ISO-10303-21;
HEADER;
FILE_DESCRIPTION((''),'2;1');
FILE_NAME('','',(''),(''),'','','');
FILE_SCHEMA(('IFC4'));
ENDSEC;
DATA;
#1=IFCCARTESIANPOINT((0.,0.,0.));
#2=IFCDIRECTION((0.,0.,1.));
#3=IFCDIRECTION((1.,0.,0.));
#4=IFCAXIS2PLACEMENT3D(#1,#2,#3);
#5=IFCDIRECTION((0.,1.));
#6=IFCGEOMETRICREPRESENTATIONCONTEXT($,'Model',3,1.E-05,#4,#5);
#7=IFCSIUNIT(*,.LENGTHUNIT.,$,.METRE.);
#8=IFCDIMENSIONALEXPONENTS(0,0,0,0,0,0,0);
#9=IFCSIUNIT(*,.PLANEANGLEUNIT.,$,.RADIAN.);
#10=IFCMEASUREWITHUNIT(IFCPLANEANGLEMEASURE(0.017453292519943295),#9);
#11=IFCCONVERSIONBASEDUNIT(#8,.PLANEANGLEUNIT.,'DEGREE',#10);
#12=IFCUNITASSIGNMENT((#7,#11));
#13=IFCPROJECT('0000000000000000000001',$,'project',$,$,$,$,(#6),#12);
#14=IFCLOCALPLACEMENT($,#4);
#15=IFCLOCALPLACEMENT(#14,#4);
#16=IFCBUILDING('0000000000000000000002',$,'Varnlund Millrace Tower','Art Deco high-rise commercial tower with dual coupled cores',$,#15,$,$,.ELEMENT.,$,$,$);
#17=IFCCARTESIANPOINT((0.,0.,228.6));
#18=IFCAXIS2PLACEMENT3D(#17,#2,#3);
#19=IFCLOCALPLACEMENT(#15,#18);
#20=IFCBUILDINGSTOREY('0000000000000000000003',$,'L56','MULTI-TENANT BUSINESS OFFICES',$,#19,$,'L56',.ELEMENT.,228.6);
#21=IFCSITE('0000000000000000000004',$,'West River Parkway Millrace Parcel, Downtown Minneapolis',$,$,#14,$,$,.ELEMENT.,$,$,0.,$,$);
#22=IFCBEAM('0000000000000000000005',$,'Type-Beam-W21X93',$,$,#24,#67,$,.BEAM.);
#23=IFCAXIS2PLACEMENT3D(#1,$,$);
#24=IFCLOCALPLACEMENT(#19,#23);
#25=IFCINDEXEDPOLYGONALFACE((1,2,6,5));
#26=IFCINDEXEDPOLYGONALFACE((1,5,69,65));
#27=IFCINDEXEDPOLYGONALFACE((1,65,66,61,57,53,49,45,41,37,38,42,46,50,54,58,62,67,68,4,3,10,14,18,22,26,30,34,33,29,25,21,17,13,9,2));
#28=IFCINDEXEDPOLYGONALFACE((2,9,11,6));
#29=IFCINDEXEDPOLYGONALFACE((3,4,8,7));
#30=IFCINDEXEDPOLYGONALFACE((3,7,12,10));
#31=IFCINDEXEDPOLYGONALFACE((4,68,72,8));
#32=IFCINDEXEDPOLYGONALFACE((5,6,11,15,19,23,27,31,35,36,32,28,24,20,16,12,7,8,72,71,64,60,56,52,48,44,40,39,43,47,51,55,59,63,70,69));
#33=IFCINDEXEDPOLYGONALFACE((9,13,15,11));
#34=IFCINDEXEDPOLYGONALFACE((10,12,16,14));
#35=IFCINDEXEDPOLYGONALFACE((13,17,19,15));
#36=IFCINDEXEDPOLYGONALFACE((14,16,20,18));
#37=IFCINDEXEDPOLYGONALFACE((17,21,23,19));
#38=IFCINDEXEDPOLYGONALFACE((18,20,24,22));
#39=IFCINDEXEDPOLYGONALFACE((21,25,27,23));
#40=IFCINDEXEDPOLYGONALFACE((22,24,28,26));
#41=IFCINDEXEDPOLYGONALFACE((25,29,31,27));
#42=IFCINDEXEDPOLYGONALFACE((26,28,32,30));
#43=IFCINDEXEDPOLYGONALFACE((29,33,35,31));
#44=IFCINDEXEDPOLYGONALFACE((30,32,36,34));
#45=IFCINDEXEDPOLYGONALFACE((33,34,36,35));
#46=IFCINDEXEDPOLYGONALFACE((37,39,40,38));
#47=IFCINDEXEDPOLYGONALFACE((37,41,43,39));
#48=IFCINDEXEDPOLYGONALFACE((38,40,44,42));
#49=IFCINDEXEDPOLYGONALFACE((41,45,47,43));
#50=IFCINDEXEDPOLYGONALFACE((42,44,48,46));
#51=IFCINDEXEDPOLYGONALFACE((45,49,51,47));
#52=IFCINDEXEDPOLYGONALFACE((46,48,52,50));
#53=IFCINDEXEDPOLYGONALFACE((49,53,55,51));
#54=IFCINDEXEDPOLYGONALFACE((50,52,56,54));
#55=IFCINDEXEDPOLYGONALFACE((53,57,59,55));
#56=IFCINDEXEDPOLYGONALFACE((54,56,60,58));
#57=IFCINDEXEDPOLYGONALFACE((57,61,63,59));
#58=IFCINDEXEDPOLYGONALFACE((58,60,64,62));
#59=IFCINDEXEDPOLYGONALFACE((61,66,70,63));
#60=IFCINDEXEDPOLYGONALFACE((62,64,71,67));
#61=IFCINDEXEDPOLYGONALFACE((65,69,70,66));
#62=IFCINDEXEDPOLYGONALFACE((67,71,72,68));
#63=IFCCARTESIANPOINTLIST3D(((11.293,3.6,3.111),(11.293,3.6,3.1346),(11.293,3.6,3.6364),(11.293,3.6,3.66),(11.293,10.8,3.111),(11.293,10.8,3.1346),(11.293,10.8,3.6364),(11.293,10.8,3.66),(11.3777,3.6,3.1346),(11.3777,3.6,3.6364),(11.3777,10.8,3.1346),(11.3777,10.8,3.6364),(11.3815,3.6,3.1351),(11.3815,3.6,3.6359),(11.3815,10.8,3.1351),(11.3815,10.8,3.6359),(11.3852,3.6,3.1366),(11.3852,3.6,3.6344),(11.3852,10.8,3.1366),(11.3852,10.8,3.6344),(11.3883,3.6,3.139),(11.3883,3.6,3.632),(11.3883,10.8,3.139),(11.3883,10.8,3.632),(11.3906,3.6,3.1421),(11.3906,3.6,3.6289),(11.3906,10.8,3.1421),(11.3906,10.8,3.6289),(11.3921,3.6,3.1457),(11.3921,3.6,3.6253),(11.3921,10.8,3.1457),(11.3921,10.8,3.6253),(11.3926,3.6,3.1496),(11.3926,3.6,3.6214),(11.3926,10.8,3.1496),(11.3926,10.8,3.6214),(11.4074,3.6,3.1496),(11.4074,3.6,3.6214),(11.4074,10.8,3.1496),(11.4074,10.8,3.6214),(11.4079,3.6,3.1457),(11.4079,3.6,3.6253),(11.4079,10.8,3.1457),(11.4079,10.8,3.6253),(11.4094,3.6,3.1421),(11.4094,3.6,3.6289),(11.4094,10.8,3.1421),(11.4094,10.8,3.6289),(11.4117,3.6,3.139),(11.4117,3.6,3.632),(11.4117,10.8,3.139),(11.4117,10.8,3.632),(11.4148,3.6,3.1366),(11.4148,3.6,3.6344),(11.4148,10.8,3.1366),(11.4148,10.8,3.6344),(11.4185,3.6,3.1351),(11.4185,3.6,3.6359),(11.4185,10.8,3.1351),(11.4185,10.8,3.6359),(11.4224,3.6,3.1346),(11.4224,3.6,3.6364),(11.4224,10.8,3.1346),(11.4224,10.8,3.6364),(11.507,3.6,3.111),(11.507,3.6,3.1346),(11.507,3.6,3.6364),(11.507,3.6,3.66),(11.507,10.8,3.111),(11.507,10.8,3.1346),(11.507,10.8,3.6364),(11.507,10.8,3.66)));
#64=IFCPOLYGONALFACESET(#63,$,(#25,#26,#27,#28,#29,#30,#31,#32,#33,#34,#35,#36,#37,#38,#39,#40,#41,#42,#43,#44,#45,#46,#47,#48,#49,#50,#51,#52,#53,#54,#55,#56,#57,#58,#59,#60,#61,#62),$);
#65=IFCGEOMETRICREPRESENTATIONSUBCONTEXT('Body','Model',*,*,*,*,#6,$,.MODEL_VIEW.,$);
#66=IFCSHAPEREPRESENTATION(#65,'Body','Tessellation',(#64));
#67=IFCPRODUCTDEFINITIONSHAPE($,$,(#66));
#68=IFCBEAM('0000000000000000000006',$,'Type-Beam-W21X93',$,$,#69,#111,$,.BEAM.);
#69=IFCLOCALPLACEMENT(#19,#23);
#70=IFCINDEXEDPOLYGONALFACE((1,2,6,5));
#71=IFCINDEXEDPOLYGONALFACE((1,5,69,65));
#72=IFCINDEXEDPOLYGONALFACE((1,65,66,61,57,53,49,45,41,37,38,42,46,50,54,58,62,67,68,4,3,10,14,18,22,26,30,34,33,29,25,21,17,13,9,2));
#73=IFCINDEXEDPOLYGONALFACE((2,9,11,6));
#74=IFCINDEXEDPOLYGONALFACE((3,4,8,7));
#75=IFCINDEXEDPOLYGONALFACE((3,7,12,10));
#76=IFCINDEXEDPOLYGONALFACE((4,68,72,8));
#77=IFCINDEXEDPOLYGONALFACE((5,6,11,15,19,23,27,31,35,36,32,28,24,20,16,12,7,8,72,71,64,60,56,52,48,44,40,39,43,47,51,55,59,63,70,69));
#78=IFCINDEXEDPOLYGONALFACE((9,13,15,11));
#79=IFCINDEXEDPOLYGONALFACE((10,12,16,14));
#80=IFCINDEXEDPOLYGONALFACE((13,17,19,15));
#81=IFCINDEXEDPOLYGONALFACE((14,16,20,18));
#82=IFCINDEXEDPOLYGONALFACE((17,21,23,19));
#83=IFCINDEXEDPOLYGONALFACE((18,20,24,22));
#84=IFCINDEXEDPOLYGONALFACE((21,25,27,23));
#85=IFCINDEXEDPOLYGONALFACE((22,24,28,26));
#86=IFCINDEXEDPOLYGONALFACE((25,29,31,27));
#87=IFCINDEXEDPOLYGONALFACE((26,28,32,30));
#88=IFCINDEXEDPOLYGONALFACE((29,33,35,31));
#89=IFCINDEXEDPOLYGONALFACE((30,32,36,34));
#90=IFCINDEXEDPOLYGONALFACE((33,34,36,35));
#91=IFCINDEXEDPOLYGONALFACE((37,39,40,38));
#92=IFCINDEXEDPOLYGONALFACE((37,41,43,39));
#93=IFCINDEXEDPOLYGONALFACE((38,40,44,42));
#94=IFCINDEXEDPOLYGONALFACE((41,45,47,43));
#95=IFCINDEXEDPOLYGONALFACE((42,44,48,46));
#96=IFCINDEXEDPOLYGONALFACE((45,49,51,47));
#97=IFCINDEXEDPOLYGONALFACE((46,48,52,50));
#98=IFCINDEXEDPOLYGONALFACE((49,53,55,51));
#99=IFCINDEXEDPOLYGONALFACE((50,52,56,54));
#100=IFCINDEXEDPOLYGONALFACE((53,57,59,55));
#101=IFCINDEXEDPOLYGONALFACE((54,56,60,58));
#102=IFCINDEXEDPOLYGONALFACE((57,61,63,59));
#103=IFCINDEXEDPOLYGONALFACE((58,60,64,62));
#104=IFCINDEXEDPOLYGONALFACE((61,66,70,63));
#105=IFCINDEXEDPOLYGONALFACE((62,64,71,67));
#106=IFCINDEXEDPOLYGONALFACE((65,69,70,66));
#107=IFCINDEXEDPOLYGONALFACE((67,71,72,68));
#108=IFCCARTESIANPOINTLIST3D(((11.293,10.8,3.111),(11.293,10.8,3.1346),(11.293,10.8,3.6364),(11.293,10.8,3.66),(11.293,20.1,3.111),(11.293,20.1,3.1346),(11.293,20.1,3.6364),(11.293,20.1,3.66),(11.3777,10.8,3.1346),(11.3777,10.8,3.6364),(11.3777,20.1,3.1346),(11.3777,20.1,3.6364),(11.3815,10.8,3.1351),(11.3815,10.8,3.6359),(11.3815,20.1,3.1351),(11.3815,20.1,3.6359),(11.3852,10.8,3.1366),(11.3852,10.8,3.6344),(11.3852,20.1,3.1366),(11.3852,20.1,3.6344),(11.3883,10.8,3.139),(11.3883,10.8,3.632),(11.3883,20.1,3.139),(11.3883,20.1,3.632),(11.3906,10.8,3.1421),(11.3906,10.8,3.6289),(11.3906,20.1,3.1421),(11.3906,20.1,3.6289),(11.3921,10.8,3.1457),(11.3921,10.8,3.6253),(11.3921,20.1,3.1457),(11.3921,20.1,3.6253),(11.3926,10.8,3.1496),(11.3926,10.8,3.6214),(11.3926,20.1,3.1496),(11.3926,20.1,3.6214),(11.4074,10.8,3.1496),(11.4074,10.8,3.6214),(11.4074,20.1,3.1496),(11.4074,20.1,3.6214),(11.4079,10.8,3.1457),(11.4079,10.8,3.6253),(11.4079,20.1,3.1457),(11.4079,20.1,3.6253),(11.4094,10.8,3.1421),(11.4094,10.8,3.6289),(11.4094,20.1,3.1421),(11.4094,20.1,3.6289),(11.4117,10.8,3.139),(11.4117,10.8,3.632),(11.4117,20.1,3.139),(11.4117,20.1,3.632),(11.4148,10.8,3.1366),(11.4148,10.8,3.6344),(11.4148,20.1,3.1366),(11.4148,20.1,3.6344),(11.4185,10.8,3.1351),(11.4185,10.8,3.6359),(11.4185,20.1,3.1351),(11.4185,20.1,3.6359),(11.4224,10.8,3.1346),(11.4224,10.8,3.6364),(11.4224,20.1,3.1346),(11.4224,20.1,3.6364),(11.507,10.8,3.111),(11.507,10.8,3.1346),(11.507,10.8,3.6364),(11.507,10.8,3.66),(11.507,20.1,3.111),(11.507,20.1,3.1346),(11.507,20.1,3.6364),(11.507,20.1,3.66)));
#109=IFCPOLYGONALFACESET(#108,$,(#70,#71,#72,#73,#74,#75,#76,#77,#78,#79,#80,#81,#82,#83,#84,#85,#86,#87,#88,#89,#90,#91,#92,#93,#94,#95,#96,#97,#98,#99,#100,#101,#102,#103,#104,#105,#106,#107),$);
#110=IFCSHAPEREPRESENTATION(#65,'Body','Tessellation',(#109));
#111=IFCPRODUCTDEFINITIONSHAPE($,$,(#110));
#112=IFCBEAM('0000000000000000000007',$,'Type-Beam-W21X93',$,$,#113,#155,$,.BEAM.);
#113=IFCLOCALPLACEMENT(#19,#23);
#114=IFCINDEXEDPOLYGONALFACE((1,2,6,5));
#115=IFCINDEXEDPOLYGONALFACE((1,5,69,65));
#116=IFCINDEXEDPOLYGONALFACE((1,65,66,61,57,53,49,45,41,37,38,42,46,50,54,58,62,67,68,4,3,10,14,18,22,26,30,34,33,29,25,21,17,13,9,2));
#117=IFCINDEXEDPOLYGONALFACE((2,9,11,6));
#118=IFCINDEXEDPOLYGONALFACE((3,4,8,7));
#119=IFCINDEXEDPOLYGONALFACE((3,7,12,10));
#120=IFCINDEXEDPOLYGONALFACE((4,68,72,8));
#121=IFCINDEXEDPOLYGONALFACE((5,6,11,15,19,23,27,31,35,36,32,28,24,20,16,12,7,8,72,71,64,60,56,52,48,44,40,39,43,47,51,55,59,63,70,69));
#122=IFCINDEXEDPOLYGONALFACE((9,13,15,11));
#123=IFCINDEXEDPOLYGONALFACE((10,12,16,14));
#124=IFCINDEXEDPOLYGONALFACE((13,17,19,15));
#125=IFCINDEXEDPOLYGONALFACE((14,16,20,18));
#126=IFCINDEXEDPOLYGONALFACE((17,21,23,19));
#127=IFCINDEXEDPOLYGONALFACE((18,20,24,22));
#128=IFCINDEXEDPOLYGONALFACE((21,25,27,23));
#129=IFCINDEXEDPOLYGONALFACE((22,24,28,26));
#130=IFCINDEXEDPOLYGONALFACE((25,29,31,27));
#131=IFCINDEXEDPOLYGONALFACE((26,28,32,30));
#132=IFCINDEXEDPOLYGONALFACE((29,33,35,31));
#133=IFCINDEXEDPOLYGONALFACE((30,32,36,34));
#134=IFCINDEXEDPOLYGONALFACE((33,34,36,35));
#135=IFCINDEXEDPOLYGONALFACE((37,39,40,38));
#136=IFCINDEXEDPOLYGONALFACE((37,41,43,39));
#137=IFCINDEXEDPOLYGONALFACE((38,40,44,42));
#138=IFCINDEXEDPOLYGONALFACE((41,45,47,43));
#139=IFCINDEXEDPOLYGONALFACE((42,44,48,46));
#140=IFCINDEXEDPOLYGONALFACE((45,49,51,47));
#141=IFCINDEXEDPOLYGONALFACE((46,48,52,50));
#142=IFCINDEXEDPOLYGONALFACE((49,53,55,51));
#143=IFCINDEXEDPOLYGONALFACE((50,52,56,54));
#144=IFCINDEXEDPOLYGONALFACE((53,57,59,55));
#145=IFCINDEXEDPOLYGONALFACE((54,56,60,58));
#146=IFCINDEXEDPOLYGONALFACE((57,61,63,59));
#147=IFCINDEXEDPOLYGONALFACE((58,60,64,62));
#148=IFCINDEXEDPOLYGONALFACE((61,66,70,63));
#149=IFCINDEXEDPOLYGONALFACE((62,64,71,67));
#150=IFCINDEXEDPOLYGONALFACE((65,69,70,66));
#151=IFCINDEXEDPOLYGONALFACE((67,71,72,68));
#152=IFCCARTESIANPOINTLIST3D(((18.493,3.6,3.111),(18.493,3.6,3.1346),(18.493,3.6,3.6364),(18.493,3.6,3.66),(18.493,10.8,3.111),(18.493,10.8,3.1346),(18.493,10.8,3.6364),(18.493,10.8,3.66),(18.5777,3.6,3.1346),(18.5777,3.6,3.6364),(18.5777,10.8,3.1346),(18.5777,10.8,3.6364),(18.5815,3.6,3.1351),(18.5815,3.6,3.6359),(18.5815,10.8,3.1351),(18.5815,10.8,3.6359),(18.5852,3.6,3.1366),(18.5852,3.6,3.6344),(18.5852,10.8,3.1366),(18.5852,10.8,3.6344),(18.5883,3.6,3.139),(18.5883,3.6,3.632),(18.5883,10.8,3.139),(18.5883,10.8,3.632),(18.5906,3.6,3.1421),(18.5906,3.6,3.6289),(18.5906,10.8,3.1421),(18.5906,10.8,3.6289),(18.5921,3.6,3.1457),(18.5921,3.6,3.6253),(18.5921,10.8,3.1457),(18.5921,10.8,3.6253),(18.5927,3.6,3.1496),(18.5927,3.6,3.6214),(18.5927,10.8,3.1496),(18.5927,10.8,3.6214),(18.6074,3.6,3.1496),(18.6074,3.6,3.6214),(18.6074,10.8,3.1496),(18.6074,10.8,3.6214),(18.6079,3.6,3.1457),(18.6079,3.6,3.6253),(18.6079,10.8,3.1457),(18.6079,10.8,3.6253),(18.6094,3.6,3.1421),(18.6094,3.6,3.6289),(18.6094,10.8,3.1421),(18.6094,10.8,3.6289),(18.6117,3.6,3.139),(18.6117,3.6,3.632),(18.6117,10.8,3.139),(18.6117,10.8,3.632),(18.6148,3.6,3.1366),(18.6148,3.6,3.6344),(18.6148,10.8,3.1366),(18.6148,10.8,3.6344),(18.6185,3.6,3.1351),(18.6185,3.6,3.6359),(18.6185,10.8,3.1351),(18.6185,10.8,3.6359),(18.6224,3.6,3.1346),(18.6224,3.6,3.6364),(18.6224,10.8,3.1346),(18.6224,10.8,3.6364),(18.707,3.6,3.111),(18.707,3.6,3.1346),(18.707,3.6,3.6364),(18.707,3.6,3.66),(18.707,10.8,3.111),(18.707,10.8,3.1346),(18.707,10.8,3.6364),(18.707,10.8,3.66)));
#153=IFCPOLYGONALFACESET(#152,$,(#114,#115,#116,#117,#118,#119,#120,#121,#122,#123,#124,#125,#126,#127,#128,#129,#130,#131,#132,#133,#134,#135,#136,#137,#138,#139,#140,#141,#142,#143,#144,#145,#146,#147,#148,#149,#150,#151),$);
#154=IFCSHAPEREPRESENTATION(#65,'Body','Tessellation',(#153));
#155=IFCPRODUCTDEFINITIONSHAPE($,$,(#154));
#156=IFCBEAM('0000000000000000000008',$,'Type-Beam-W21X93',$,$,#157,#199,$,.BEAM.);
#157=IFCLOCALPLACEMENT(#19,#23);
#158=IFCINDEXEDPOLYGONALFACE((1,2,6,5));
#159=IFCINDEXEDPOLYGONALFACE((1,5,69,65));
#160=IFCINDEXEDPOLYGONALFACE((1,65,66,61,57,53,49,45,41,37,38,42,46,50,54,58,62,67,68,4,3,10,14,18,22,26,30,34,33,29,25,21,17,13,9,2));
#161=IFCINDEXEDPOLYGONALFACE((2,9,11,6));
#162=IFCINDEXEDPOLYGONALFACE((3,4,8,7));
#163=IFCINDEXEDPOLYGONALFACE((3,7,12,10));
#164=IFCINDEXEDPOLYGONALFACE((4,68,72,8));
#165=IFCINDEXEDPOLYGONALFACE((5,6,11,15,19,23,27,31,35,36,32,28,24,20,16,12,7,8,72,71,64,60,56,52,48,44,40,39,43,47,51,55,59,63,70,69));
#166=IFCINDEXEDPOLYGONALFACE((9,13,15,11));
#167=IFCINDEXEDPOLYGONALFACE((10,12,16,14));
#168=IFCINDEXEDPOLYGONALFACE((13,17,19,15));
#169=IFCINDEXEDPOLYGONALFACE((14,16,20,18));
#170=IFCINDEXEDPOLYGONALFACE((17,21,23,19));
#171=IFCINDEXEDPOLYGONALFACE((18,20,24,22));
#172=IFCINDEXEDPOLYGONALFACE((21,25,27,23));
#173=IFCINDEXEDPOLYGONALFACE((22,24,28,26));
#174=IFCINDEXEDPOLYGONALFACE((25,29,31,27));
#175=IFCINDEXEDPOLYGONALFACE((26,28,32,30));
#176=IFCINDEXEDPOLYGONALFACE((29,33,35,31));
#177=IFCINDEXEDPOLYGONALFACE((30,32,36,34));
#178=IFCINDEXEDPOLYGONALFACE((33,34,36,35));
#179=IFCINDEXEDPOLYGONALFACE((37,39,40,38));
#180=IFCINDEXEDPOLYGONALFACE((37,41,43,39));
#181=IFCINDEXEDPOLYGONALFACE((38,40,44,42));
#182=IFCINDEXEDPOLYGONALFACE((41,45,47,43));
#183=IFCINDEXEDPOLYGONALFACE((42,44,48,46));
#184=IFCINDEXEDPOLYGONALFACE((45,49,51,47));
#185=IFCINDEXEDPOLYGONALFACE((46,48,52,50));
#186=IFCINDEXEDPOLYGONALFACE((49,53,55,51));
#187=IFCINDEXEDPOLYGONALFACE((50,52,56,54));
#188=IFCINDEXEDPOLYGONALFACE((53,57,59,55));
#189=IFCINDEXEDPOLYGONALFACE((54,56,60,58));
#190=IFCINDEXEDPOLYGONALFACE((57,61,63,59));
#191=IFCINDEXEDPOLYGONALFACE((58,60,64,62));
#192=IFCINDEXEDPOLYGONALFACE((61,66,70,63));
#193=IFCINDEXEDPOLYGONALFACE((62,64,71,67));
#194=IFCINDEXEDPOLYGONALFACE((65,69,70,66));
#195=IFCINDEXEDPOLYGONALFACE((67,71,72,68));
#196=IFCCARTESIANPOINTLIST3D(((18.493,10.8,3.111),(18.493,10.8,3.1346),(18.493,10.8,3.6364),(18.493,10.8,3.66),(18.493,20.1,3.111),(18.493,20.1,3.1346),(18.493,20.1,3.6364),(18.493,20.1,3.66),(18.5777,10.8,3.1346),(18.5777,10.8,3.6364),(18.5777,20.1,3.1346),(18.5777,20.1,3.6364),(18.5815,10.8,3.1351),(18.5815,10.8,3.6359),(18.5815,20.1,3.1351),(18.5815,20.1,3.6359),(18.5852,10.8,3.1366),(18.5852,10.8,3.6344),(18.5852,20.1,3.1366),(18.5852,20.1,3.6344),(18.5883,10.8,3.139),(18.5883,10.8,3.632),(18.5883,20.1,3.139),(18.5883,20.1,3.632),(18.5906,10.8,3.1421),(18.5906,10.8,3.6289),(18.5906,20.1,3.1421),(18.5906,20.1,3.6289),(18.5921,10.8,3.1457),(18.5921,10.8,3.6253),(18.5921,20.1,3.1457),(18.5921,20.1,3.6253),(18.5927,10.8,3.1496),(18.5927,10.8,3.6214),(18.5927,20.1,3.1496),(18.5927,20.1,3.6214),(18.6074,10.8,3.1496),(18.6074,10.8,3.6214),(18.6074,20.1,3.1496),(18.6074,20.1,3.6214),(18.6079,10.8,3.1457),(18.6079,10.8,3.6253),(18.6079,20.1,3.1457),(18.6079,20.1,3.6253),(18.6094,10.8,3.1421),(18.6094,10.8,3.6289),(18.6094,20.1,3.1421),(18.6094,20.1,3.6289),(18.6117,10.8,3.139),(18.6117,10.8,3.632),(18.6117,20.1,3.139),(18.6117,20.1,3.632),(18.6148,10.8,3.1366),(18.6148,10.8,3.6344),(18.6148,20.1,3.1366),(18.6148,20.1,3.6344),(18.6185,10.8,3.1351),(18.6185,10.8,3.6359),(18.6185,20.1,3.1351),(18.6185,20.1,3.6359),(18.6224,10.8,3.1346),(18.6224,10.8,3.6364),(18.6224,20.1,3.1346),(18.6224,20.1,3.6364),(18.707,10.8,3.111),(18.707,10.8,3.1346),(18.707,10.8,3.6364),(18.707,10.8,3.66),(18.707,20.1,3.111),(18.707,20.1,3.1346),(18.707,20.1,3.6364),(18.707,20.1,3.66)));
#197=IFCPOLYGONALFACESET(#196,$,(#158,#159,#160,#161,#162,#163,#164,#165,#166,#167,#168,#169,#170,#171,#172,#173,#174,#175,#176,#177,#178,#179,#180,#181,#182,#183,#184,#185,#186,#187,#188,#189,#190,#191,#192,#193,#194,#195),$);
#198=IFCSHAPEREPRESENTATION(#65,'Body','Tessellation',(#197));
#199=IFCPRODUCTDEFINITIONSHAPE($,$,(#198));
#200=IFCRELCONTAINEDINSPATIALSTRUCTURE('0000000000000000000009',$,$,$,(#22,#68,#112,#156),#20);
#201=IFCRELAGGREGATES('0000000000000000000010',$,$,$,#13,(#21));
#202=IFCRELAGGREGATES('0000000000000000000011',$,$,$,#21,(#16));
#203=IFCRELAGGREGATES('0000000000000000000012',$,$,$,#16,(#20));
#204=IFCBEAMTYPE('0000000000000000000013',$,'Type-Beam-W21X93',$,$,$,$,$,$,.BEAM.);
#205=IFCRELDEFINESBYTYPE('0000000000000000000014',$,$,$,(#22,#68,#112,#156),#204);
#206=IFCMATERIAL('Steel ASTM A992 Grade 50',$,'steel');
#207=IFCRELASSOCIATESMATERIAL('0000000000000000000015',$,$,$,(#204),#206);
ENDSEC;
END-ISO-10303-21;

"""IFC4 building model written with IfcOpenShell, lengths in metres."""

from ifc_helpers import new_model, entity, si_unit, converted_unit, direction, frame, origin_with_axes, origin_2d_with_axis, place, context, subcontext, project, spatial, i_section, extrude, material, material_profile, profile_set, type_object, element, save


model = new_model("IFC4")

# Units and contexts
model_context = context("Model", 3, precision=1e-05, world=origin_with_axes(), true_north=direction((0.0, 1.0)))
body_context = subcontext(model_context, "Body", "Model", "MODEL_VIEW")
ifc_project = project(units=[si_unit("LENGTHUNIT", "METRE"), converted_unit("PLANEANGLEUNIT", "DEGREE", entity("IfcPlaneAngleMeasure", 0.017453292519943295), si_unit("PLANEANGLEUNIT", "RADIAN"), dimensions=[0, 0, 0, 0, 0, 0, 0])], contexts=[model_context])

# Site, building, storey
site_placement = place(None, origin_with_axes())
site = spatial("IfcSite", under=ifc_project, at=site_placement, Name="West River Parkway Millrace Parcel, Downtown Minneapolis", CompositionType="ELEMENT", RefElevation=0.0)
building_placement = place(site_placement, origin_with_axes())
building = spatial("IfcBuilding", under=site, at=building_placement, Name="Varnlund Millrace Tower", Description="Art Deco high-rise commercial tower with dual coupled cores", CompositionType="ELEMENT")
storey_placement = place(building_placement, frame((0.0, 0.0, 228.6), z_axis=(0.0, 0.0, 1.0), x_axis=(1.0, 0.0, 0.0)))
storey = spatial("IfcBuildingStorey", under=building, at=storey_placement, Name="L56", Description="MULTI-TENANT BUSINESS OFFICES", LongName="L56", CompositionType="ELEMENT", Elevation=228.6)

# Beams
ifc_material_1 = material(Name="Steel ASTM A992 Grade 50", Category="steel")
ifc_material_profile_1 = material_profile(ifc_material_1, i_section(OverallWidth=0.214, OverallDepth=0.549, WebThickness=0.0147, FlangeThickness=0.0236, FilletRadius=0.015, at=origin_2d_with_axis()), Name="Steel ASTM A992 Grade 50")
ifc_profile_set_1 = profile_set([ifc_material_profile_1], Name="Steel ASTM A992 Grade 50")
beam_type_1 = type_object("IfcBeamType", Name="Type-Beam-W21X93", PredefinedType="BEAM", material=ifc_profile_set_1)
beam_1_placement = place(storey_placement, frame((11.4, 3.6, 3.3855), z_axis=(0.0, 1.0, 0.0), x_axis=(-1.0, 0.0, 0.0)))
element("IfcBeam", 1, at=beam_1_placement, inside=storey, type_object=beam_type_1, Name="Type-Beam-W21X93", PredefinedType="BEAM", context=body_context, shape_type="SweptSolid", body=[
    extrude(i_section(OverallWidth=0.214, OverallDepth=0.549, WebThickness=0.0147, FlangeThickness=0.0236, FilletRadius=0.015, at=origin_2d_with_axis()), origin_with_axes(), (0.0, 0.0, 1.0), 7.2),
])
beam_2_placement = place(storey_placement, frame((11.4, 10.8, 3.3855), z_axis=(0.0, 1.0, 0.0), x_axis=(-1.0, 0.0, 0.0)))
element("IfcBeam", 2, at=beam_2_placement, inside=storey, type_object=beam_type_1, Name="Type-Beam-W21X93", PredefinedType="BEAM", context=body_context, shape_type="SweptSolid", body=[
    extrude(i_section(OverallWidth=0.214, OverallDepth=0.549, WebThickness=0.0147, FlangeThickness=0.0236, FilletRadius=0.015, at=origin_2d_with_axis()), origin_with_axes(), (0.0, 0.0, 1.0), 9.3),
])
beam_3_placement = place(storey_placement, frame((18.6, 3.6, 3.3855), z_axis=(0.0, 1.0, 0.0), x_axis=(-1.0, 0.0, 0.0)))
element("IfcBeam", 3, at=beam_3_placement, inside=storey, type_object=beam_type_1, Name="Type-Beam-W21X93", PredefinedType="BEAM", context=body_context, shape_type="SweptSolid", body=[
    extrude(i_section(OverallWidth=0.214, OverallDepth=0.549, WebThickness=0.0147, FlangeThickness=0.0236, FilletRadius=0.015, at=origin_2d_with_axis()), origin_with_axes(), (0.0, 0.0, 1.0), 7.2),
])
beam_4_placement = place(storey_placement, frame((18.6, 10.8, 3.3855), z_axis=(0.0, 1.0, 0.0), x_axis=(-1.0, 0.0, 0.0)))
element("IfcBeam", 4, at=beam_4_placement, inside=storey, type_object=beam_type_1, Name="Type-Beam-W21X93", PredefinedType="BEAM", context=body_context, shape_type="SweptSolid", body=[
    extrude(i_section(OverallWidth=0.214, OverallDepth=0.549, WebThickness=0.0147, FlangeThickness=0.0236, FilletRadius=0.015, at=origin_2d_with_axis()), origin_with_axes(), (0.0, 0.0, 1.0), 9.3),
])

save(model, "model.ifc")
